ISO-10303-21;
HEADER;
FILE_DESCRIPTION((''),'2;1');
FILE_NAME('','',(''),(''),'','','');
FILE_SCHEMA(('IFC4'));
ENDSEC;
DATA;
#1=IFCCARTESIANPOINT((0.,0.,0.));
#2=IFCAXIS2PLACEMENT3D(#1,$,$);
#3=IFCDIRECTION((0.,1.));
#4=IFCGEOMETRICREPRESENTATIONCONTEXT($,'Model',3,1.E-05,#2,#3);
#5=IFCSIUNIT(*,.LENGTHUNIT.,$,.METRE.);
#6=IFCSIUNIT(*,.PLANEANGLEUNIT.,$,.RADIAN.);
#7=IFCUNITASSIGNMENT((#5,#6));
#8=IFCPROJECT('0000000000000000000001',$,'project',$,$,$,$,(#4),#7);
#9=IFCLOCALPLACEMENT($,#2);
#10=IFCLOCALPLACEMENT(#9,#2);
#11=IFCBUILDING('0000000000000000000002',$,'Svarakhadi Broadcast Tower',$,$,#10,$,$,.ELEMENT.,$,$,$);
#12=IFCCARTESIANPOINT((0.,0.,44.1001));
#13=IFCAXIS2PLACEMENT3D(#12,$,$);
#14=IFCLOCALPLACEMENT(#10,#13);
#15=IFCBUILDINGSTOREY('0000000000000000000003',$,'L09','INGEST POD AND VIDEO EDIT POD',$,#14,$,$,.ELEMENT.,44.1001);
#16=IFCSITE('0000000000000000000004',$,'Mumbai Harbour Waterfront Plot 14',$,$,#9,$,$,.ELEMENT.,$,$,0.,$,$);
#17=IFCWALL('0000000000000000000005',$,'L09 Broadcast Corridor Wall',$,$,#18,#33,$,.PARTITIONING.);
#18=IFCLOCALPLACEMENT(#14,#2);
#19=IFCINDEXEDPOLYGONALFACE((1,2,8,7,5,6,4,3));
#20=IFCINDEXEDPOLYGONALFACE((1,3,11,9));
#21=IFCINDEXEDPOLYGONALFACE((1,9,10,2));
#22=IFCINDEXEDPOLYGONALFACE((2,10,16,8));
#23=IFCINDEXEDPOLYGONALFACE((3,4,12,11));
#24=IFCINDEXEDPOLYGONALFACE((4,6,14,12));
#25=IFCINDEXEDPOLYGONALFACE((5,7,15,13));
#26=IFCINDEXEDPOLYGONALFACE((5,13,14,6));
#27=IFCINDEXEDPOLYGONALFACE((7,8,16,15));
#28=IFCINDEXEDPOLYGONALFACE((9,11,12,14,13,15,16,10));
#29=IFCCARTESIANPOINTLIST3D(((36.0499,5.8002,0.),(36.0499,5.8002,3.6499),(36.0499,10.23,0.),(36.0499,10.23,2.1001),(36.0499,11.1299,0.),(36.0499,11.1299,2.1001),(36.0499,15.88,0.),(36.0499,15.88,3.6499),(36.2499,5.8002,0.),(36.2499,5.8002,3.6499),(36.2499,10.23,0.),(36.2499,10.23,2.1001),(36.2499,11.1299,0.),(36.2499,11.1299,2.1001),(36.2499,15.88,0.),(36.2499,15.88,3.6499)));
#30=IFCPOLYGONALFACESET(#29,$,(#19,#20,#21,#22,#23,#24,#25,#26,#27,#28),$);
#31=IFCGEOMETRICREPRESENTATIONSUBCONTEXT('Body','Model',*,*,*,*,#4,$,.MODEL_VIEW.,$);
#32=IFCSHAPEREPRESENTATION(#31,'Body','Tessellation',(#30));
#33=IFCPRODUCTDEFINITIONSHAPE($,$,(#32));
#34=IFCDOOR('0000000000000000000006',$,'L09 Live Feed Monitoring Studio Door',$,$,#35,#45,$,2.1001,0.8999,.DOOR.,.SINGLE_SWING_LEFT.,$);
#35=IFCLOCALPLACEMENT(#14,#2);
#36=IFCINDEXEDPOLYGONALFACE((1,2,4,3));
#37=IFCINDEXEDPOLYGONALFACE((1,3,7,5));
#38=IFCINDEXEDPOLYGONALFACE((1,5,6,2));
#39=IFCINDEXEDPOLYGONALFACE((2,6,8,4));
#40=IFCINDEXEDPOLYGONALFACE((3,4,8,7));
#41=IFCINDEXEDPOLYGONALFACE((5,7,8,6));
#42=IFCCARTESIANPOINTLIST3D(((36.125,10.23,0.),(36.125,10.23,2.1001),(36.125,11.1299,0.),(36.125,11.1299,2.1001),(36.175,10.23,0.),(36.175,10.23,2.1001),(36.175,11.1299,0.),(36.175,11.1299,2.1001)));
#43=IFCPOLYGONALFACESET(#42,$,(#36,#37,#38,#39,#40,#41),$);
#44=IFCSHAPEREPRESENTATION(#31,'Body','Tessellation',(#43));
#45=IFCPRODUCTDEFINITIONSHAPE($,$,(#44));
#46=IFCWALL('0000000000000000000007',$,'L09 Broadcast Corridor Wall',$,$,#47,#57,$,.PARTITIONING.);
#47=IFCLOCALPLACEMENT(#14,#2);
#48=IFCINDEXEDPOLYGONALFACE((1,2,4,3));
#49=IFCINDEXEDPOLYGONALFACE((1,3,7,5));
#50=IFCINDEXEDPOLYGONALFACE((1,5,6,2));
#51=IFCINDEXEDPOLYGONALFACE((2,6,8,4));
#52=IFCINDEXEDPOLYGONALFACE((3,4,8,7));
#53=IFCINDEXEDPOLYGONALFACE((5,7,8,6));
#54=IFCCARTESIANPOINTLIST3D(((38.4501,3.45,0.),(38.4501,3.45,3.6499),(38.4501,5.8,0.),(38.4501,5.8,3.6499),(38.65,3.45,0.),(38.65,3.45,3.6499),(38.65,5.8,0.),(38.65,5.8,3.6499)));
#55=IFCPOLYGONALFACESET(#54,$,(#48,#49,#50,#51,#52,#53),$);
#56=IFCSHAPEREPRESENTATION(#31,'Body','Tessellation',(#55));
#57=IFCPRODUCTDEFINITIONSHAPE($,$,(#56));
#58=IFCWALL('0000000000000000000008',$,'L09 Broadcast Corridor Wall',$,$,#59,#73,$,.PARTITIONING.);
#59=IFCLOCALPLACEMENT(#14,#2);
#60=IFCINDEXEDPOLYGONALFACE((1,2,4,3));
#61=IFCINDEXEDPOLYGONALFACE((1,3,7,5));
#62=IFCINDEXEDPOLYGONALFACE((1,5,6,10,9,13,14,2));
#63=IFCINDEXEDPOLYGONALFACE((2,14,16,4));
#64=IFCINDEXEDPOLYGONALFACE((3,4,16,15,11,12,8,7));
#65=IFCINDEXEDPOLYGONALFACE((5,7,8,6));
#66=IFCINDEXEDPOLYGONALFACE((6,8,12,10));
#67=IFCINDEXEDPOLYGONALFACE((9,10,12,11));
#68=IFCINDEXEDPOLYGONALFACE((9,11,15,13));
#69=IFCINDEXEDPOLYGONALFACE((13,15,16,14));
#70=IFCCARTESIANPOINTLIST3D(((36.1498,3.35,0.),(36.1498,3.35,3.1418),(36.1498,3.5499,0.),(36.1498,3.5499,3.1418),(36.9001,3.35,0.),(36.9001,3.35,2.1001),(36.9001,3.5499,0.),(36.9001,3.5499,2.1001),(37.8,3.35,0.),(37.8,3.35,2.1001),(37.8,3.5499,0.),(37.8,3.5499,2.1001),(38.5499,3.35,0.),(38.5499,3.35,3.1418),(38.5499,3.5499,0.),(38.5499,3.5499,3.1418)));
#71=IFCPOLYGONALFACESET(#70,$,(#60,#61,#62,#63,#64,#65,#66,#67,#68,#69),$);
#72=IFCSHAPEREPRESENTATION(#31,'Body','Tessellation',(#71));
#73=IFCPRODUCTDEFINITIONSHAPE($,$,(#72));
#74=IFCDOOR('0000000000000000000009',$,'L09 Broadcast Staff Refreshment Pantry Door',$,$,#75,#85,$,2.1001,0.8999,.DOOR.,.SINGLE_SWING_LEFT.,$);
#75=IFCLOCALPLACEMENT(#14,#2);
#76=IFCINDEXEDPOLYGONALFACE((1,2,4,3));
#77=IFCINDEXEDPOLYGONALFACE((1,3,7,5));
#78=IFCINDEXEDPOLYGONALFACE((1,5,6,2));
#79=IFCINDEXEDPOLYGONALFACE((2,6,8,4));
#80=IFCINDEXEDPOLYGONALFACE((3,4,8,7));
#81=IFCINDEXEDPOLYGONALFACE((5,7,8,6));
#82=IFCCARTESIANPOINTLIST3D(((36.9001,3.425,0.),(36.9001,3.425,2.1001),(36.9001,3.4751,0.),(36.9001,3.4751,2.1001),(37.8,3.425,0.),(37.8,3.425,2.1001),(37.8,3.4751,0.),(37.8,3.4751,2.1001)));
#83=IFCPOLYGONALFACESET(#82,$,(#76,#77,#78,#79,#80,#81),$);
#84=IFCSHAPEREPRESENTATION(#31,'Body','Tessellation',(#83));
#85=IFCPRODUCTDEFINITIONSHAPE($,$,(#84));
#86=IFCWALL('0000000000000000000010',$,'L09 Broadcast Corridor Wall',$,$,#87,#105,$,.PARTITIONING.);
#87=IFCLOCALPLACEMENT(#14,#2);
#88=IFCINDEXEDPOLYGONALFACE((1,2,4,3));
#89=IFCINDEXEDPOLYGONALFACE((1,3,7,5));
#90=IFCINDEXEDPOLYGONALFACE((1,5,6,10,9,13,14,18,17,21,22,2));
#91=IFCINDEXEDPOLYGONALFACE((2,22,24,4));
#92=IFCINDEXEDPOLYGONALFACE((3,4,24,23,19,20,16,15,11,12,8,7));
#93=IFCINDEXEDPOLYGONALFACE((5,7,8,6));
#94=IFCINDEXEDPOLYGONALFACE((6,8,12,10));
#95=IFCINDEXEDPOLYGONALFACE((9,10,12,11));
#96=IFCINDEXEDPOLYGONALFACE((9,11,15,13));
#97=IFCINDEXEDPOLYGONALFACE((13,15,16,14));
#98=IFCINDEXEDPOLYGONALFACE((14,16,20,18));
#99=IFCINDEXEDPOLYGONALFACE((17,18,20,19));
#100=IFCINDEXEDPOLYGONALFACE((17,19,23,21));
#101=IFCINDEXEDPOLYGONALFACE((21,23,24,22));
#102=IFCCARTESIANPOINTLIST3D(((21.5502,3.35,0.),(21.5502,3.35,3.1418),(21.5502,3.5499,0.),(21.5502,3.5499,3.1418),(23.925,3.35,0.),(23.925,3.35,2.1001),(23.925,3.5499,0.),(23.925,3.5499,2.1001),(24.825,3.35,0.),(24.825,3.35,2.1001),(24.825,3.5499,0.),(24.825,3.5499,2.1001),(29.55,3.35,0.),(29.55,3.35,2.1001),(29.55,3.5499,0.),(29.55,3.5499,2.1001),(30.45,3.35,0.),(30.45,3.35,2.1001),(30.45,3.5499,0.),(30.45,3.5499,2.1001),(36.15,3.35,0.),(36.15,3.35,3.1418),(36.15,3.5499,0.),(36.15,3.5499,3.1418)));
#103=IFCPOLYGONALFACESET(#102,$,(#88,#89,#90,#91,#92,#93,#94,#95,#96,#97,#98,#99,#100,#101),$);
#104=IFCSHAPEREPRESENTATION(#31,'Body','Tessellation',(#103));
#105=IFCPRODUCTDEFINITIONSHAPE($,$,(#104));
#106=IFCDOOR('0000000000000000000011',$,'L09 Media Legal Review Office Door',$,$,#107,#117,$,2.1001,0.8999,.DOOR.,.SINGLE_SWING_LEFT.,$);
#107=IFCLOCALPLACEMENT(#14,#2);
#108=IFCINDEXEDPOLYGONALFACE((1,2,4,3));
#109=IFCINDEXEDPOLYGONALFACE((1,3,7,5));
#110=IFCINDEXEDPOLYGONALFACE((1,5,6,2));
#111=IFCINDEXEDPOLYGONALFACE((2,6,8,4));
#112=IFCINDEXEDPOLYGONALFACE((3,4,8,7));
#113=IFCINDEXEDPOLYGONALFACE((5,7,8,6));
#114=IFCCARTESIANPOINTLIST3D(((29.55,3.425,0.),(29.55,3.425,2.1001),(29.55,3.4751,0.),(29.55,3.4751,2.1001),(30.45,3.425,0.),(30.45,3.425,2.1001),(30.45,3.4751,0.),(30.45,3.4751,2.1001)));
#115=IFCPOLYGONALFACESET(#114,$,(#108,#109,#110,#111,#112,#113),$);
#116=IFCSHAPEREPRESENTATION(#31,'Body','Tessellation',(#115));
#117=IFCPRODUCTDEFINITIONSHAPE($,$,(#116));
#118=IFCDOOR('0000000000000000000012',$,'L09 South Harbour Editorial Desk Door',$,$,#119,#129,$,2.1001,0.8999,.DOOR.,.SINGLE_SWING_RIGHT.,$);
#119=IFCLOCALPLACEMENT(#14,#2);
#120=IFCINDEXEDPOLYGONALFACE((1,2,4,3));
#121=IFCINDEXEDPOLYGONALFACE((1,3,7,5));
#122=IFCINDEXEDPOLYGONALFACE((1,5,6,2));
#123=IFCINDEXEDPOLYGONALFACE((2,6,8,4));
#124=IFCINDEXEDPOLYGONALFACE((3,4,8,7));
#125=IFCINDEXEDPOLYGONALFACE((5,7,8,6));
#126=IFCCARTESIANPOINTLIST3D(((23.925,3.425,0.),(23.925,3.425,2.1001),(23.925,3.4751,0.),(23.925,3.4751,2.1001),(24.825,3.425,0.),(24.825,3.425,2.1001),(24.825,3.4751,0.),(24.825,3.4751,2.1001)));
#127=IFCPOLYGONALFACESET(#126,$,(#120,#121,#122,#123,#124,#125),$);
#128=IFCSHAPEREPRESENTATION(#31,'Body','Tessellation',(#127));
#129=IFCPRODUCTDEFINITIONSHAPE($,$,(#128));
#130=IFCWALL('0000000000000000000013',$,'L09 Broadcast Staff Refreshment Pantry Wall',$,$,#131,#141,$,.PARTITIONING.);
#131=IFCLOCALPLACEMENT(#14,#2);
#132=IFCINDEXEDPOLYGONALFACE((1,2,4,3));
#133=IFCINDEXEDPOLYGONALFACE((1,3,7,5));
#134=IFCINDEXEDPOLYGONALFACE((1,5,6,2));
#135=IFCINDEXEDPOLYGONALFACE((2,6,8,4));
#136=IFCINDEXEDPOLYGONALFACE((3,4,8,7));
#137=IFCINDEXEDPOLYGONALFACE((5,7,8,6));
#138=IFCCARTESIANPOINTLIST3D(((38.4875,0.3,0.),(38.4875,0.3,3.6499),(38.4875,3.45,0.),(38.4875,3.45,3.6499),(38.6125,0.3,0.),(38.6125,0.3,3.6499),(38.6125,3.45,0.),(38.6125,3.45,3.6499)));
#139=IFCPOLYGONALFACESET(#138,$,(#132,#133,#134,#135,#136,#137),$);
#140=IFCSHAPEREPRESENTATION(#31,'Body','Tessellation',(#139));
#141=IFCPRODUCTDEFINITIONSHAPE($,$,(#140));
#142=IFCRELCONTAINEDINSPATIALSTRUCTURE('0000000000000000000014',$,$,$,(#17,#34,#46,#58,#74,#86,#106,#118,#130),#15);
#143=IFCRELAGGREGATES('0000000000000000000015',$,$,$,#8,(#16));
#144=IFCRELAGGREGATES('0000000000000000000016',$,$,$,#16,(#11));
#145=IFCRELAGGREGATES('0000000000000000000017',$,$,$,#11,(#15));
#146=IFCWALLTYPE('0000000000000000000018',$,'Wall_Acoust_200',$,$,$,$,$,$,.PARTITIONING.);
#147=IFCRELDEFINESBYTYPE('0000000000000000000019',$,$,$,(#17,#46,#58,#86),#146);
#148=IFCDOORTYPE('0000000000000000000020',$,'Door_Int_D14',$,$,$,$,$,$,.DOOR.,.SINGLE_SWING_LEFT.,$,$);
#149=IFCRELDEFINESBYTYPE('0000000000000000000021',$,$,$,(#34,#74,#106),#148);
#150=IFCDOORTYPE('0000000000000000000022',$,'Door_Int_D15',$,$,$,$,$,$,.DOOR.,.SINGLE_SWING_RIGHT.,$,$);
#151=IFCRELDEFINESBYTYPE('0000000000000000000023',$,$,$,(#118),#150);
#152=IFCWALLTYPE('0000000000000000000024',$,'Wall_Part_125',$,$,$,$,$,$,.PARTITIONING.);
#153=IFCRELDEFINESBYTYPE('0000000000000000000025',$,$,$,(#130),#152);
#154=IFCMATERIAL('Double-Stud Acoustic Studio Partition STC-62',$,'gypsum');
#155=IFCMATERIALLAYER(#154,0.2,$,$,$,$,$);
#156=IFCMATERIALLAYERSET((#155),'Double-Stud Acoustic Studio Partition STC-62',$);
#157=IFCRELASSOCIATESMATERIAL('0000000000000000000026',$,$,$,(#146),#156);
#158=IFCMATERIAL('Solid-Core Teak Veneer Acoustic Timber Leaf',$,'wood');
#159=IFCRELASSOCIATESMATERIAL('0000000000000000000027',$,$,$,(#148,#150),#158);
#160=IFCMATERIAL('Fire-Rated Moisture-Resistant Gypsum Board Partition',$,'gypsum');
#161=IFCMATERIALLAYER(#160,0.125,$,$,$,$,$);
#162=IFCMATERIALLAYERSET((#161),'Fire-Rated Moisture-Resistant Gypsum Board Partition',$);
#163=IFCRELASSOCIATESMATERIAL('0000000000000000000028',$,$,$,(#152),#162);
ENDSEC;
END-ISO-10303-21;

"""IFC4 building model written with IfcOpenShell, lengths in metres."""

from ifc_helpers import new_model, si_unit, direction, frame, frame_2d, origin, place, context, subcontext, project, spatial, rectangle, extrude, material, layer, layer_set, type_object, element, fill, save


model = new_model("IFC4")

# Units and contexts
model_context = context("Model", 3, precision=1e-05, world=origin(), true_north=direction((0.0, 1.0)))
body_context = subcontext(model_context, "Body", "Model", "MODEL_VIEW")
ifc_project = project(units=[si_unit("LENGTHUNIT", "METRE"), si_unit("PLANEANGLEUNIT", "RADIAN")], contexts=[model_context])

# Site, building, storey
site_placement = place(None, origin())
site = spatial("IfcSite", under=ifc_project, at=site_placement, Name="Mumbai Harbour Waterfront Plot 14", CompositionType="ELEMENT", RefElevation=0.0)
building_placement = place(site_placement, origin())
building = spatial("IfcBuilding", under=site, at=building_placement, Name="Svarakhadi Broadcast Tower", CompositionType="ELEMENT")
storey_placement = place(building_placement, frame((0.0, 0.0, 44.1001)))
storey = spatial("IfcBuildingStorey", under=building, at=storey_placement, Name="L09", Description="INGEST POD AND VIDEO EDIT POD", CompositionType="ELEMENT", Elevation=44.1001)

# Wall, opening, door
ifc_material_1 = material(Name="Double-Stud Acoustic Studio Partition STC-62", Category="gypsum")
ifc_layer_1 = layer(ifc_material_1, 0.2)
ifc_layer_set_1 = layer_set([ifc_layer_1], Name="Double-Stud Acoustic Studio Partition STC-62")
wall_type_1 = type_object("IfcWallType", Name="Wall_Acoust_200", PredefinedType="PARTITIONING", material=ifc_layer_set_1)
wall_1_placement = place(storey_placement, frame((36.1499, 5.8, 0.0), z_axis=(0.0, 0.0, 1.0), x_axis=(0.0, 1.0, 0.0)))
wall_1 = element("IfcWall", 1, at=wall_1_placement, inside=storey, type_object=wall_type_1, Name="L09 Broadcast Corridor Wall", PredefinedType="PARTITIONING", context=body_context, shape_type="SweptSolid", body=[
    extrude(rectangle(XDim=10.0798, YDim=0.2, at=frame_2d((5.04, 0.0))), origin(), (0.0, 0.0, 1.0), 3.6499),
])
opening_1_placement = place(wall_1_placement, frame((4.4299, 0.0, 0.0)))
opening_1 = element("IfcOpeningElement", 2, at=opening_1_placement, cuts=wall_1, PredefinedType="OPENING", context=body_context, shape_type="SweptSolid", body=[
    extrude(rectangle(XDim=0.8999, YDim=2.1001, at=frame_2d((0.45, 1.05))), frame((0.0, 0.1099, 0.0), z_axis=(0.0, -1.0, 0.0), x_axis=(1.0, 0.0, 0.0)), (0.0, 0.0, 1.0), 0.22),
])
ifc_material_2 = material(Name="Solid-Core Teak Veneer Acoustic Timber Leaf", Category="wood")
door_type_1 = type_object("IfcDoorType", Name="Door_Int_D14", OperationType="SINGLE_SWING_LEFT", PredefinedType="DOOR", material=ifc_material_2)
door_1_placement = place(opening_1_placement, origin())
door_1 = element("IfcDoor", 3, at=door_1_placement, inside=storey, type_object=door_type_1, Name="L09 Live Feed Monitoring Studio Door", OperationType="SINGLE_SWING_LEFT", OverallHeight=2.1001, OverallWidth=0.8999, PredefinedType="DOOR", context=body_context, shape_type="SweptSolid", body=[
    extrude(rectangle(XDim=0.8999, YDim=2.1001, at=frame_2d((0.45, 1.05))), frame((0.0, 0.0249, 0.0), z_axis=(0.0, -1.0, 0.0), x_axis=(1.0, 0.0, 0.0)), (0.0, 0.0, 1.0), 0.05),
])
fill(opening_1, door_1)

# Wall
wall_2_placement = place(storey_placement, frame((38.55, 5.8, 0.0), z_axis=(0.0, 0.0, 1.0), x_axis=(0.0, -1.0, 0.0)))
element("IfcWall", 4, at=wall_2_placement, inside=storey, type_object=wall_type_1, Name="L09 Broadcast Corridor Wall", PredefinedType="PARTITIONING", context=body_context, shape_type="SweptSolid", body=[
    extrude(rectangle(XDim=2.3501, YDim=0.2, at=frame_2d((1.175, 0.0))), origin(), (0.0, 0.0, 1.0), 3.6499),
])

# Wall, opening, door
wall_3_placement = place(storey_placement, frame((38.55, 3.45, 0.0), z_axis=(0.0, 0.0, 1.0), x_axis=(-1.0, 0.0, 0.0)))
wall_3 = element("IfcWall", 5, at=wall_3_placement, inside=storey, type_object=wall_type_1, Name="L09 Broadcast Corridor Wall", PredefinedType="PARTITIONING", context=body_context, shape_type="SweptSolid", body=[
    extrude(rectangle(XDim=2.4001, YDim=0.2, at=frame_2d((1.2002, 0.0))), origin(), (0.0, 0.0, 1.0), 3.1418),
])
opening_2_placement = place(wall_3_placement, frame((0.75, 0.0, 0.0)))
opening_2 = element("IfcOpeningElement", 6, at=opening_2_placement, cuts=wall_3, PredefinedType="OPENING", context=body_context, shape_type="SweptSolid", body=[
    extrude(rectangle(XDim=0.8999, YDim=2.1001, at=frame_2d((0.45, 1.05))), frame((0.0, 0.1099, 0.0), z_axis=(0.0, -1.0, 0.0), x_axis=(1.0, 0.0, 0.0)), (0.0, 0.0, 1.0), 0.22),
])
door_2_placement = place(opening_2_placement, origin())
door_2 = element("IfcDoor", 7, at=door_2_placement, inside=storey, type_object=door_type_1, Name="L09 Broadcast Staff Refreshment Pantry Door", OperationType="SINGLE_SWING_LEFT", OverallHeight=2.1001, OverallWidth=0.8999, PredefinedType="DOOR", context=body_context, shape_type="SweptSolid", body=[
    extrude(rectangle(XDim=0.8999, YDim=2.1001, at=frame_2d((0.45, 1.05))), frame((0.0, 0.0249, 0.0), z_axis=(0.0, -1.0, 0.0), x_axis=(1.0, 0.0, 0.0)), (0.0, 0.0, 1.0), 0.05),
])
fill(opening_2, door_2)

# Wall, openings, doors
wall_4_placement = place(storey_placement, frame((36.1499, 3.45, 0.0), z_axis=(0.0, 0.0, 1.0), x_axis=(-1.0, 0.0, 0.0)))
wall_4 = element("IfcWall", 8, at=wall_4_placement, inside=storey, type_object=wall_type_1, Name="L09 Broadcast Corridor Wall", PredefinedType="PARTITIONING", context=body_context, shape_type="SweptSolid", body=[
    extrude(rectangle(XDim=14.5999, YDim=0.2, at=frame_2d((7.2998, 0.0))), origin(), (0.0, 0.0, 1.0), 3.1418),
])
opening_3_placement = place(wall_4_placement, frame((11.325, 0.0, 0.0)))
opening_3 = element("IfcOpeningElement", 9, at=opening_3_placement, cuts=wall_4, PredefinedType="OPENING", context=body_context, shape_type="SweptSolid", body=[
    extrude(rectangle(XDim=0.8999, YDim=2.1001, at=frame_2d((0.45, 1.05))), frame((0.0, 0.1099, 0.0), z_axis=(0.0, -1.0, 0.0), x_axis=(1.0, 0.0, 0.0)), (0.0, 0.0, 1.0), 0.22),
])
opening_4_placement = place(wall_4_placement, frame((5.7, 0.0, 0.0)))
opening_4 = element("IfcOpeningElement", 10, at=opening_4_placement, cuts=wall_4, PredefinedType="OPENING", context=body_context, shape_type="SweptSolid", body=[
    extrude(rectangle(XDim=0.8999, YDim=2.1001, at=frame_2d((0.45, 1.05))), frame((0.0, 0.1099, 0.0), z_axis=(0.0, -1.0, 0.0), x_axis=(1.0, 0.0, 0.0)), (0.0, 0.0, 1.0), 0.22),
])
door_3_placement = place(opening_4_placement, origin())
door_3 = element("IfcDoor", 11, at=door_3_placement, inside=storey, type_object=door_type_1, Name="L09 Media Legal Review Office Door", OperationType="SINGLE_SWING_LEFT", OverallHeight=2.1001, OverallWidth=0.8999, PredefinedType="DOOR", context=body_context, shape_type="SweptSolid", body=[
    extrude(rectangle(XDim=0.8999, YDim=2.1001, at=frame_2d((0.45, 1.05))), frame((0.0, 0.0249, 0.0), z_axis=(0.0, -1.0, 0.0), x_axis=(1.0, 0.0, 0.0)), (0.0, 0.0, 1.0), 0.05),
])
fill(opening_4, door_3)
door_type_2 = type_object("IfcDoorType", Name="Door_Int_D15", OperationType="SINGLE_SWING_RIGHT", PredefinedType="DOOR", material=ifc_material_2)
door_4_placement = place(opening_3_placement, origin())
door_4 = element("IfcDoor", 12, at=door_4_placement, inside=storey, type_object=door_type_2, Name="L09 South Harbour Editorial Desk Door", OperationType="SINGLE_SWING_RIGHT", OverallHeight=2.1001, OverallWidth=0.8999, PredefinedType="DOOR", context=body_context, shape_type="SweptSolid", body=[
    extrude(rectangle(XDim=0.8999, YDim=2.1001, at=frame_2d((0.45, 1.05))), frame((0.0, 0.0249, 0.0), z_axis=(0.0, -1.0, 0.0), x_axis=(1.0, 0.0, 0.0)), (0.0, 0.0, 1.0), 0.05),
])
fill(opening_3, door_4)

# Wall
ifc_material_3 = material(Name="Fire-Rated Moisture-Resistant Gypsum Board Partition", Category="gypsum")
ifc_layer_2 = layer(ifc_material_3, 0.125)
ifc_layer_set_2 = layer_set([ifc_layer_2], Name="Fire-Rated Moisture-Resistant Gypsum Board Partition")
wall_type_2 = type_object("IfcWallType", Name="Wall_Part_125", PredefinedType="PARTITIONING", material=ifc_layer_set_2)
wall_5_placement = place(storey_placement, frame((38.55, 0.3, 0.0), z_axis=(0.0, 0.0, 1.0), x_axis=(0.0, 1.0, 0.0)))
element("IfcWall", 13, at=wall_5_placement, inside=storey, type_object=wall_type_2, Name="L09 Broadcast Staff Refreshment Pantry Wall", PredefinedType="PARTITIONING", context=body_context, shape_type="SweptSolid", body=[
    extrude(rectangle(XDim=3.1499, YDim=0.125, at=frame_2d((1.575, 0.0))), origin(), (0.0, 0.0, 1.0), 3.6499),
])

save(model, "model.ifc")
